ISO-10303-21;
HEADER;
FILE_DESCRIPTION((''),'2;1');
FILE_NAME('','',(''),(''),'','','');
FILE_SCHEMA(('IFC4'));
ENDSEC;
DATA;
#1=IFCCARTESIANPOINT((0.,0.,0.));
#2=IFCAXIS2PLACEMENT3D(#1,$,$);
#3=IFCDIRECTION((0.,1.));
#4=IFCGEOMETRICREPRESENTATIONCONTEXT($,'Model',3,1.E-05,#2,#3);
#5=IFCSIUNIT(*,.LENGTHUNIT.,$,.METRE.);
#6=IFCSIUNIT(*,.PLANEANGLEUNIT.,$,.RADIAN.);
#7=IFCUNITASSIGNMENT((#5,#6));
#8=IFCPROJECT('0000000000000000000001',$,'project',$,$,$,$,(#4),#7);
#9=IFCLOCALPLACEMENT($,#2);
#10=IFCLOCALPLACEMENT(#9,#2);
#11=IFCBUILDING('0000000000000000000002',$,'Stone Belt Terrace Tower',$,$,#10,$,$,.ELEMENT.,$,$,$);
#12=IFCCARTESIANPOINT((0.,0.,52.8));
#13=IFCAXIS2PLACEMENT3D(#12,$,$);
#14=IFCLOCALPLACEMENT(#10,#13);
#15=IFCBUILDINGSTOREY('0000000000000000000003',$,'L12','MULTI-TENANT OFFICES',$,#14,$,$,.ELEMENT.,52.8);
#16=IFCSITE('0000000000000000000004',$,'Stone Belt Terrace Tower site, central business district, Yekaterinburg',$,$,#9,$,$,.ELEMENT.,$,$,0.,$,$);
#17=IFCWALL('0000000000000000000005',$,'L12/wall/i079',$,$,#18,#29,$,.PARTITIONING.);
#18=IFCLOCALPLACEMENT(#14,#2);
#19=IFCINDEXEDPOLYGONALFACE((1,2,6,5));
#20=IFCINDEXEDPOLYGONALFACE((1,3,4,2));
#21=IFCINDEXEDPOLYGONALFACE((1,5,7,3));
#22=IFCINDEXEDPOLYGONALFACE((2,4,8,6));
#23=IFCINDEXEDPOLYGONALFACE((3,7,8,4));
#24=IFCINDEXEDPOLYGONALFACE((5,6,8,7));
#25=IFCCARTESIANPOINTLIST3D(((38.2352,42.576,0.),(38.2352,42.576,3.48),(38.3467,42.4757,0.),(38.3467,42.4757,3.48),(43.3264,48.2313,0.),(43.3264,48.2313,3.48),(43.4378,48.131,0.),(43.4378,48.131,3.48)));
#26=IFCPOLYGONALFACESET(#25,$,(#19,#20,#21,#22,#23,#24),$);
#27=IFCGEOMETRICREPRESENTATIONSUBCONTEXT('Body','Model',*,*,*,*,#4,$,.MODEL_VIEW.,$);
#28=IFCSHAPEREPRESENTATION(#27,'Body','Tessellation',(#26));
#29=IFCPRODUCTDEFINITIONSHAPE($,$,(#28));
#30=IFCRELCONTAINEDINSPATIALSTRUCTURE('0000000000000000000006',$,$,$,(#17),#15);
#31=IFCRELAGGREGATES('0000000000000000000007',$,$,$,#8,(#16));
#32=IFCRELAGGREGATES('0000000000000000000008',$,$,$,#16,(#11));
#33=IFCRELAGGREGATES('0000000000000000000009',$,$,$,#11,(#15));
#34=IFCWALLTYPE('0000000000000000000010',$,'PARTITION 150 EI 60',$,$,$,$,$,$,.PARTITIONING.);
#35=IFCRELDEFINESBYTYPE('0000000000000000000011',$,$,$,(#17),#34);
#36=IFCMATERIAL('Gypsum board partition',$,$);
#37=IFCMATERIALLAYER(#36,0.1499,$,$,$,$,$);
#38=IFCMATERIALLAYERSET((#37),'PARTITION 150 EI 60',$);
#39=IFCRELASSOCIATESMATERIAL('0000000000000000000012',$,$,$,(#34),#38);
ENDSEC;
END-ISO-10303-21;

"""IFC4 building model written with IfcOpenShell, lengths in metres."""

from ifc_helpers import new_model, si_unit, direction, frame, frame_2d, origin, place, context, subcontext, project, spatial, rectangle, extrude, material, layer, layer_set, type_object, element, save


model = new_model("IFC4")

# Units and contexts
model_context = context("Model", 3, precision=1e-05, world=origin(), true_north=direction((0.0, 1.0)))
body_context = subcontext(model_context, "Body", "Model", "MODEL_VIEW")
ifc_project = project(units=[si_unit("LENGTHUNIT", "METRE"), si_unit("PLANEANGLEUNIT", "RADIAN")], contexts=[model_context])

# Site, building, storey
site_placement = place(None, origin())
site = spatial("IfcSite", under=ifc_project, at=site_placement, Name="Stone Belt Terrace Tower site, central business district, Yekaterinburg", CompositionType="ELEMENT", RefElevation=0.0)
building_placement = place(site_placement, origin())
building = spatial("IfcBuilding", under=site, at=building_placement, Name="Stone Belt Terrace Tower", CompositionType="ELEMENT")
storey_placement = place(building_placement, frame((0.0, 0.0, 52.8)))
storey = spatial("IfcBuildingStorey", under=building, at=storey_placement, Name="L12", Description="MULTI-TENANT OFFICES", CompositionType="ELEMENT", Elevation=52.8)

# Shared definitions
ifc_material_1 = material(Name="Gypsum board partition")
ifc_layer_1 = layer(ifc_material_1, 0.1499)
ifc_layer_set_1 = layer_set([ifc_layer_1], Name="PARTITION 150 EI 60")
wall_type = type_object("IfcWallType", Name="PARTITION 150 EI 60", PredefinedType="PARTITIONING", material=ifc_layer_set_1)

# Wall
wall_1_placement = place(storey_placement, frame((43.3821, 48.1812, 0.0), z_axis=(0.0, 0.0, 1.0), x_axis=(-0.66906, -0.743208, 0.0)))
element("IfcWall", 1, at=wall_1_placement, inside=storey, type_object=wall_type, Name="L12/wall/i079", PredefinedType="PARTITIONING", context=body_context, shape_type="SweptSolid", body=[
    extrude(rectangle(XDim=7.6094, YDim=0.1499, at=frame_2d((3.8047, 0.0))), origin(), (0.0, 0.0, 1.0), 3.48),
])

save(model, "model.ifc")
